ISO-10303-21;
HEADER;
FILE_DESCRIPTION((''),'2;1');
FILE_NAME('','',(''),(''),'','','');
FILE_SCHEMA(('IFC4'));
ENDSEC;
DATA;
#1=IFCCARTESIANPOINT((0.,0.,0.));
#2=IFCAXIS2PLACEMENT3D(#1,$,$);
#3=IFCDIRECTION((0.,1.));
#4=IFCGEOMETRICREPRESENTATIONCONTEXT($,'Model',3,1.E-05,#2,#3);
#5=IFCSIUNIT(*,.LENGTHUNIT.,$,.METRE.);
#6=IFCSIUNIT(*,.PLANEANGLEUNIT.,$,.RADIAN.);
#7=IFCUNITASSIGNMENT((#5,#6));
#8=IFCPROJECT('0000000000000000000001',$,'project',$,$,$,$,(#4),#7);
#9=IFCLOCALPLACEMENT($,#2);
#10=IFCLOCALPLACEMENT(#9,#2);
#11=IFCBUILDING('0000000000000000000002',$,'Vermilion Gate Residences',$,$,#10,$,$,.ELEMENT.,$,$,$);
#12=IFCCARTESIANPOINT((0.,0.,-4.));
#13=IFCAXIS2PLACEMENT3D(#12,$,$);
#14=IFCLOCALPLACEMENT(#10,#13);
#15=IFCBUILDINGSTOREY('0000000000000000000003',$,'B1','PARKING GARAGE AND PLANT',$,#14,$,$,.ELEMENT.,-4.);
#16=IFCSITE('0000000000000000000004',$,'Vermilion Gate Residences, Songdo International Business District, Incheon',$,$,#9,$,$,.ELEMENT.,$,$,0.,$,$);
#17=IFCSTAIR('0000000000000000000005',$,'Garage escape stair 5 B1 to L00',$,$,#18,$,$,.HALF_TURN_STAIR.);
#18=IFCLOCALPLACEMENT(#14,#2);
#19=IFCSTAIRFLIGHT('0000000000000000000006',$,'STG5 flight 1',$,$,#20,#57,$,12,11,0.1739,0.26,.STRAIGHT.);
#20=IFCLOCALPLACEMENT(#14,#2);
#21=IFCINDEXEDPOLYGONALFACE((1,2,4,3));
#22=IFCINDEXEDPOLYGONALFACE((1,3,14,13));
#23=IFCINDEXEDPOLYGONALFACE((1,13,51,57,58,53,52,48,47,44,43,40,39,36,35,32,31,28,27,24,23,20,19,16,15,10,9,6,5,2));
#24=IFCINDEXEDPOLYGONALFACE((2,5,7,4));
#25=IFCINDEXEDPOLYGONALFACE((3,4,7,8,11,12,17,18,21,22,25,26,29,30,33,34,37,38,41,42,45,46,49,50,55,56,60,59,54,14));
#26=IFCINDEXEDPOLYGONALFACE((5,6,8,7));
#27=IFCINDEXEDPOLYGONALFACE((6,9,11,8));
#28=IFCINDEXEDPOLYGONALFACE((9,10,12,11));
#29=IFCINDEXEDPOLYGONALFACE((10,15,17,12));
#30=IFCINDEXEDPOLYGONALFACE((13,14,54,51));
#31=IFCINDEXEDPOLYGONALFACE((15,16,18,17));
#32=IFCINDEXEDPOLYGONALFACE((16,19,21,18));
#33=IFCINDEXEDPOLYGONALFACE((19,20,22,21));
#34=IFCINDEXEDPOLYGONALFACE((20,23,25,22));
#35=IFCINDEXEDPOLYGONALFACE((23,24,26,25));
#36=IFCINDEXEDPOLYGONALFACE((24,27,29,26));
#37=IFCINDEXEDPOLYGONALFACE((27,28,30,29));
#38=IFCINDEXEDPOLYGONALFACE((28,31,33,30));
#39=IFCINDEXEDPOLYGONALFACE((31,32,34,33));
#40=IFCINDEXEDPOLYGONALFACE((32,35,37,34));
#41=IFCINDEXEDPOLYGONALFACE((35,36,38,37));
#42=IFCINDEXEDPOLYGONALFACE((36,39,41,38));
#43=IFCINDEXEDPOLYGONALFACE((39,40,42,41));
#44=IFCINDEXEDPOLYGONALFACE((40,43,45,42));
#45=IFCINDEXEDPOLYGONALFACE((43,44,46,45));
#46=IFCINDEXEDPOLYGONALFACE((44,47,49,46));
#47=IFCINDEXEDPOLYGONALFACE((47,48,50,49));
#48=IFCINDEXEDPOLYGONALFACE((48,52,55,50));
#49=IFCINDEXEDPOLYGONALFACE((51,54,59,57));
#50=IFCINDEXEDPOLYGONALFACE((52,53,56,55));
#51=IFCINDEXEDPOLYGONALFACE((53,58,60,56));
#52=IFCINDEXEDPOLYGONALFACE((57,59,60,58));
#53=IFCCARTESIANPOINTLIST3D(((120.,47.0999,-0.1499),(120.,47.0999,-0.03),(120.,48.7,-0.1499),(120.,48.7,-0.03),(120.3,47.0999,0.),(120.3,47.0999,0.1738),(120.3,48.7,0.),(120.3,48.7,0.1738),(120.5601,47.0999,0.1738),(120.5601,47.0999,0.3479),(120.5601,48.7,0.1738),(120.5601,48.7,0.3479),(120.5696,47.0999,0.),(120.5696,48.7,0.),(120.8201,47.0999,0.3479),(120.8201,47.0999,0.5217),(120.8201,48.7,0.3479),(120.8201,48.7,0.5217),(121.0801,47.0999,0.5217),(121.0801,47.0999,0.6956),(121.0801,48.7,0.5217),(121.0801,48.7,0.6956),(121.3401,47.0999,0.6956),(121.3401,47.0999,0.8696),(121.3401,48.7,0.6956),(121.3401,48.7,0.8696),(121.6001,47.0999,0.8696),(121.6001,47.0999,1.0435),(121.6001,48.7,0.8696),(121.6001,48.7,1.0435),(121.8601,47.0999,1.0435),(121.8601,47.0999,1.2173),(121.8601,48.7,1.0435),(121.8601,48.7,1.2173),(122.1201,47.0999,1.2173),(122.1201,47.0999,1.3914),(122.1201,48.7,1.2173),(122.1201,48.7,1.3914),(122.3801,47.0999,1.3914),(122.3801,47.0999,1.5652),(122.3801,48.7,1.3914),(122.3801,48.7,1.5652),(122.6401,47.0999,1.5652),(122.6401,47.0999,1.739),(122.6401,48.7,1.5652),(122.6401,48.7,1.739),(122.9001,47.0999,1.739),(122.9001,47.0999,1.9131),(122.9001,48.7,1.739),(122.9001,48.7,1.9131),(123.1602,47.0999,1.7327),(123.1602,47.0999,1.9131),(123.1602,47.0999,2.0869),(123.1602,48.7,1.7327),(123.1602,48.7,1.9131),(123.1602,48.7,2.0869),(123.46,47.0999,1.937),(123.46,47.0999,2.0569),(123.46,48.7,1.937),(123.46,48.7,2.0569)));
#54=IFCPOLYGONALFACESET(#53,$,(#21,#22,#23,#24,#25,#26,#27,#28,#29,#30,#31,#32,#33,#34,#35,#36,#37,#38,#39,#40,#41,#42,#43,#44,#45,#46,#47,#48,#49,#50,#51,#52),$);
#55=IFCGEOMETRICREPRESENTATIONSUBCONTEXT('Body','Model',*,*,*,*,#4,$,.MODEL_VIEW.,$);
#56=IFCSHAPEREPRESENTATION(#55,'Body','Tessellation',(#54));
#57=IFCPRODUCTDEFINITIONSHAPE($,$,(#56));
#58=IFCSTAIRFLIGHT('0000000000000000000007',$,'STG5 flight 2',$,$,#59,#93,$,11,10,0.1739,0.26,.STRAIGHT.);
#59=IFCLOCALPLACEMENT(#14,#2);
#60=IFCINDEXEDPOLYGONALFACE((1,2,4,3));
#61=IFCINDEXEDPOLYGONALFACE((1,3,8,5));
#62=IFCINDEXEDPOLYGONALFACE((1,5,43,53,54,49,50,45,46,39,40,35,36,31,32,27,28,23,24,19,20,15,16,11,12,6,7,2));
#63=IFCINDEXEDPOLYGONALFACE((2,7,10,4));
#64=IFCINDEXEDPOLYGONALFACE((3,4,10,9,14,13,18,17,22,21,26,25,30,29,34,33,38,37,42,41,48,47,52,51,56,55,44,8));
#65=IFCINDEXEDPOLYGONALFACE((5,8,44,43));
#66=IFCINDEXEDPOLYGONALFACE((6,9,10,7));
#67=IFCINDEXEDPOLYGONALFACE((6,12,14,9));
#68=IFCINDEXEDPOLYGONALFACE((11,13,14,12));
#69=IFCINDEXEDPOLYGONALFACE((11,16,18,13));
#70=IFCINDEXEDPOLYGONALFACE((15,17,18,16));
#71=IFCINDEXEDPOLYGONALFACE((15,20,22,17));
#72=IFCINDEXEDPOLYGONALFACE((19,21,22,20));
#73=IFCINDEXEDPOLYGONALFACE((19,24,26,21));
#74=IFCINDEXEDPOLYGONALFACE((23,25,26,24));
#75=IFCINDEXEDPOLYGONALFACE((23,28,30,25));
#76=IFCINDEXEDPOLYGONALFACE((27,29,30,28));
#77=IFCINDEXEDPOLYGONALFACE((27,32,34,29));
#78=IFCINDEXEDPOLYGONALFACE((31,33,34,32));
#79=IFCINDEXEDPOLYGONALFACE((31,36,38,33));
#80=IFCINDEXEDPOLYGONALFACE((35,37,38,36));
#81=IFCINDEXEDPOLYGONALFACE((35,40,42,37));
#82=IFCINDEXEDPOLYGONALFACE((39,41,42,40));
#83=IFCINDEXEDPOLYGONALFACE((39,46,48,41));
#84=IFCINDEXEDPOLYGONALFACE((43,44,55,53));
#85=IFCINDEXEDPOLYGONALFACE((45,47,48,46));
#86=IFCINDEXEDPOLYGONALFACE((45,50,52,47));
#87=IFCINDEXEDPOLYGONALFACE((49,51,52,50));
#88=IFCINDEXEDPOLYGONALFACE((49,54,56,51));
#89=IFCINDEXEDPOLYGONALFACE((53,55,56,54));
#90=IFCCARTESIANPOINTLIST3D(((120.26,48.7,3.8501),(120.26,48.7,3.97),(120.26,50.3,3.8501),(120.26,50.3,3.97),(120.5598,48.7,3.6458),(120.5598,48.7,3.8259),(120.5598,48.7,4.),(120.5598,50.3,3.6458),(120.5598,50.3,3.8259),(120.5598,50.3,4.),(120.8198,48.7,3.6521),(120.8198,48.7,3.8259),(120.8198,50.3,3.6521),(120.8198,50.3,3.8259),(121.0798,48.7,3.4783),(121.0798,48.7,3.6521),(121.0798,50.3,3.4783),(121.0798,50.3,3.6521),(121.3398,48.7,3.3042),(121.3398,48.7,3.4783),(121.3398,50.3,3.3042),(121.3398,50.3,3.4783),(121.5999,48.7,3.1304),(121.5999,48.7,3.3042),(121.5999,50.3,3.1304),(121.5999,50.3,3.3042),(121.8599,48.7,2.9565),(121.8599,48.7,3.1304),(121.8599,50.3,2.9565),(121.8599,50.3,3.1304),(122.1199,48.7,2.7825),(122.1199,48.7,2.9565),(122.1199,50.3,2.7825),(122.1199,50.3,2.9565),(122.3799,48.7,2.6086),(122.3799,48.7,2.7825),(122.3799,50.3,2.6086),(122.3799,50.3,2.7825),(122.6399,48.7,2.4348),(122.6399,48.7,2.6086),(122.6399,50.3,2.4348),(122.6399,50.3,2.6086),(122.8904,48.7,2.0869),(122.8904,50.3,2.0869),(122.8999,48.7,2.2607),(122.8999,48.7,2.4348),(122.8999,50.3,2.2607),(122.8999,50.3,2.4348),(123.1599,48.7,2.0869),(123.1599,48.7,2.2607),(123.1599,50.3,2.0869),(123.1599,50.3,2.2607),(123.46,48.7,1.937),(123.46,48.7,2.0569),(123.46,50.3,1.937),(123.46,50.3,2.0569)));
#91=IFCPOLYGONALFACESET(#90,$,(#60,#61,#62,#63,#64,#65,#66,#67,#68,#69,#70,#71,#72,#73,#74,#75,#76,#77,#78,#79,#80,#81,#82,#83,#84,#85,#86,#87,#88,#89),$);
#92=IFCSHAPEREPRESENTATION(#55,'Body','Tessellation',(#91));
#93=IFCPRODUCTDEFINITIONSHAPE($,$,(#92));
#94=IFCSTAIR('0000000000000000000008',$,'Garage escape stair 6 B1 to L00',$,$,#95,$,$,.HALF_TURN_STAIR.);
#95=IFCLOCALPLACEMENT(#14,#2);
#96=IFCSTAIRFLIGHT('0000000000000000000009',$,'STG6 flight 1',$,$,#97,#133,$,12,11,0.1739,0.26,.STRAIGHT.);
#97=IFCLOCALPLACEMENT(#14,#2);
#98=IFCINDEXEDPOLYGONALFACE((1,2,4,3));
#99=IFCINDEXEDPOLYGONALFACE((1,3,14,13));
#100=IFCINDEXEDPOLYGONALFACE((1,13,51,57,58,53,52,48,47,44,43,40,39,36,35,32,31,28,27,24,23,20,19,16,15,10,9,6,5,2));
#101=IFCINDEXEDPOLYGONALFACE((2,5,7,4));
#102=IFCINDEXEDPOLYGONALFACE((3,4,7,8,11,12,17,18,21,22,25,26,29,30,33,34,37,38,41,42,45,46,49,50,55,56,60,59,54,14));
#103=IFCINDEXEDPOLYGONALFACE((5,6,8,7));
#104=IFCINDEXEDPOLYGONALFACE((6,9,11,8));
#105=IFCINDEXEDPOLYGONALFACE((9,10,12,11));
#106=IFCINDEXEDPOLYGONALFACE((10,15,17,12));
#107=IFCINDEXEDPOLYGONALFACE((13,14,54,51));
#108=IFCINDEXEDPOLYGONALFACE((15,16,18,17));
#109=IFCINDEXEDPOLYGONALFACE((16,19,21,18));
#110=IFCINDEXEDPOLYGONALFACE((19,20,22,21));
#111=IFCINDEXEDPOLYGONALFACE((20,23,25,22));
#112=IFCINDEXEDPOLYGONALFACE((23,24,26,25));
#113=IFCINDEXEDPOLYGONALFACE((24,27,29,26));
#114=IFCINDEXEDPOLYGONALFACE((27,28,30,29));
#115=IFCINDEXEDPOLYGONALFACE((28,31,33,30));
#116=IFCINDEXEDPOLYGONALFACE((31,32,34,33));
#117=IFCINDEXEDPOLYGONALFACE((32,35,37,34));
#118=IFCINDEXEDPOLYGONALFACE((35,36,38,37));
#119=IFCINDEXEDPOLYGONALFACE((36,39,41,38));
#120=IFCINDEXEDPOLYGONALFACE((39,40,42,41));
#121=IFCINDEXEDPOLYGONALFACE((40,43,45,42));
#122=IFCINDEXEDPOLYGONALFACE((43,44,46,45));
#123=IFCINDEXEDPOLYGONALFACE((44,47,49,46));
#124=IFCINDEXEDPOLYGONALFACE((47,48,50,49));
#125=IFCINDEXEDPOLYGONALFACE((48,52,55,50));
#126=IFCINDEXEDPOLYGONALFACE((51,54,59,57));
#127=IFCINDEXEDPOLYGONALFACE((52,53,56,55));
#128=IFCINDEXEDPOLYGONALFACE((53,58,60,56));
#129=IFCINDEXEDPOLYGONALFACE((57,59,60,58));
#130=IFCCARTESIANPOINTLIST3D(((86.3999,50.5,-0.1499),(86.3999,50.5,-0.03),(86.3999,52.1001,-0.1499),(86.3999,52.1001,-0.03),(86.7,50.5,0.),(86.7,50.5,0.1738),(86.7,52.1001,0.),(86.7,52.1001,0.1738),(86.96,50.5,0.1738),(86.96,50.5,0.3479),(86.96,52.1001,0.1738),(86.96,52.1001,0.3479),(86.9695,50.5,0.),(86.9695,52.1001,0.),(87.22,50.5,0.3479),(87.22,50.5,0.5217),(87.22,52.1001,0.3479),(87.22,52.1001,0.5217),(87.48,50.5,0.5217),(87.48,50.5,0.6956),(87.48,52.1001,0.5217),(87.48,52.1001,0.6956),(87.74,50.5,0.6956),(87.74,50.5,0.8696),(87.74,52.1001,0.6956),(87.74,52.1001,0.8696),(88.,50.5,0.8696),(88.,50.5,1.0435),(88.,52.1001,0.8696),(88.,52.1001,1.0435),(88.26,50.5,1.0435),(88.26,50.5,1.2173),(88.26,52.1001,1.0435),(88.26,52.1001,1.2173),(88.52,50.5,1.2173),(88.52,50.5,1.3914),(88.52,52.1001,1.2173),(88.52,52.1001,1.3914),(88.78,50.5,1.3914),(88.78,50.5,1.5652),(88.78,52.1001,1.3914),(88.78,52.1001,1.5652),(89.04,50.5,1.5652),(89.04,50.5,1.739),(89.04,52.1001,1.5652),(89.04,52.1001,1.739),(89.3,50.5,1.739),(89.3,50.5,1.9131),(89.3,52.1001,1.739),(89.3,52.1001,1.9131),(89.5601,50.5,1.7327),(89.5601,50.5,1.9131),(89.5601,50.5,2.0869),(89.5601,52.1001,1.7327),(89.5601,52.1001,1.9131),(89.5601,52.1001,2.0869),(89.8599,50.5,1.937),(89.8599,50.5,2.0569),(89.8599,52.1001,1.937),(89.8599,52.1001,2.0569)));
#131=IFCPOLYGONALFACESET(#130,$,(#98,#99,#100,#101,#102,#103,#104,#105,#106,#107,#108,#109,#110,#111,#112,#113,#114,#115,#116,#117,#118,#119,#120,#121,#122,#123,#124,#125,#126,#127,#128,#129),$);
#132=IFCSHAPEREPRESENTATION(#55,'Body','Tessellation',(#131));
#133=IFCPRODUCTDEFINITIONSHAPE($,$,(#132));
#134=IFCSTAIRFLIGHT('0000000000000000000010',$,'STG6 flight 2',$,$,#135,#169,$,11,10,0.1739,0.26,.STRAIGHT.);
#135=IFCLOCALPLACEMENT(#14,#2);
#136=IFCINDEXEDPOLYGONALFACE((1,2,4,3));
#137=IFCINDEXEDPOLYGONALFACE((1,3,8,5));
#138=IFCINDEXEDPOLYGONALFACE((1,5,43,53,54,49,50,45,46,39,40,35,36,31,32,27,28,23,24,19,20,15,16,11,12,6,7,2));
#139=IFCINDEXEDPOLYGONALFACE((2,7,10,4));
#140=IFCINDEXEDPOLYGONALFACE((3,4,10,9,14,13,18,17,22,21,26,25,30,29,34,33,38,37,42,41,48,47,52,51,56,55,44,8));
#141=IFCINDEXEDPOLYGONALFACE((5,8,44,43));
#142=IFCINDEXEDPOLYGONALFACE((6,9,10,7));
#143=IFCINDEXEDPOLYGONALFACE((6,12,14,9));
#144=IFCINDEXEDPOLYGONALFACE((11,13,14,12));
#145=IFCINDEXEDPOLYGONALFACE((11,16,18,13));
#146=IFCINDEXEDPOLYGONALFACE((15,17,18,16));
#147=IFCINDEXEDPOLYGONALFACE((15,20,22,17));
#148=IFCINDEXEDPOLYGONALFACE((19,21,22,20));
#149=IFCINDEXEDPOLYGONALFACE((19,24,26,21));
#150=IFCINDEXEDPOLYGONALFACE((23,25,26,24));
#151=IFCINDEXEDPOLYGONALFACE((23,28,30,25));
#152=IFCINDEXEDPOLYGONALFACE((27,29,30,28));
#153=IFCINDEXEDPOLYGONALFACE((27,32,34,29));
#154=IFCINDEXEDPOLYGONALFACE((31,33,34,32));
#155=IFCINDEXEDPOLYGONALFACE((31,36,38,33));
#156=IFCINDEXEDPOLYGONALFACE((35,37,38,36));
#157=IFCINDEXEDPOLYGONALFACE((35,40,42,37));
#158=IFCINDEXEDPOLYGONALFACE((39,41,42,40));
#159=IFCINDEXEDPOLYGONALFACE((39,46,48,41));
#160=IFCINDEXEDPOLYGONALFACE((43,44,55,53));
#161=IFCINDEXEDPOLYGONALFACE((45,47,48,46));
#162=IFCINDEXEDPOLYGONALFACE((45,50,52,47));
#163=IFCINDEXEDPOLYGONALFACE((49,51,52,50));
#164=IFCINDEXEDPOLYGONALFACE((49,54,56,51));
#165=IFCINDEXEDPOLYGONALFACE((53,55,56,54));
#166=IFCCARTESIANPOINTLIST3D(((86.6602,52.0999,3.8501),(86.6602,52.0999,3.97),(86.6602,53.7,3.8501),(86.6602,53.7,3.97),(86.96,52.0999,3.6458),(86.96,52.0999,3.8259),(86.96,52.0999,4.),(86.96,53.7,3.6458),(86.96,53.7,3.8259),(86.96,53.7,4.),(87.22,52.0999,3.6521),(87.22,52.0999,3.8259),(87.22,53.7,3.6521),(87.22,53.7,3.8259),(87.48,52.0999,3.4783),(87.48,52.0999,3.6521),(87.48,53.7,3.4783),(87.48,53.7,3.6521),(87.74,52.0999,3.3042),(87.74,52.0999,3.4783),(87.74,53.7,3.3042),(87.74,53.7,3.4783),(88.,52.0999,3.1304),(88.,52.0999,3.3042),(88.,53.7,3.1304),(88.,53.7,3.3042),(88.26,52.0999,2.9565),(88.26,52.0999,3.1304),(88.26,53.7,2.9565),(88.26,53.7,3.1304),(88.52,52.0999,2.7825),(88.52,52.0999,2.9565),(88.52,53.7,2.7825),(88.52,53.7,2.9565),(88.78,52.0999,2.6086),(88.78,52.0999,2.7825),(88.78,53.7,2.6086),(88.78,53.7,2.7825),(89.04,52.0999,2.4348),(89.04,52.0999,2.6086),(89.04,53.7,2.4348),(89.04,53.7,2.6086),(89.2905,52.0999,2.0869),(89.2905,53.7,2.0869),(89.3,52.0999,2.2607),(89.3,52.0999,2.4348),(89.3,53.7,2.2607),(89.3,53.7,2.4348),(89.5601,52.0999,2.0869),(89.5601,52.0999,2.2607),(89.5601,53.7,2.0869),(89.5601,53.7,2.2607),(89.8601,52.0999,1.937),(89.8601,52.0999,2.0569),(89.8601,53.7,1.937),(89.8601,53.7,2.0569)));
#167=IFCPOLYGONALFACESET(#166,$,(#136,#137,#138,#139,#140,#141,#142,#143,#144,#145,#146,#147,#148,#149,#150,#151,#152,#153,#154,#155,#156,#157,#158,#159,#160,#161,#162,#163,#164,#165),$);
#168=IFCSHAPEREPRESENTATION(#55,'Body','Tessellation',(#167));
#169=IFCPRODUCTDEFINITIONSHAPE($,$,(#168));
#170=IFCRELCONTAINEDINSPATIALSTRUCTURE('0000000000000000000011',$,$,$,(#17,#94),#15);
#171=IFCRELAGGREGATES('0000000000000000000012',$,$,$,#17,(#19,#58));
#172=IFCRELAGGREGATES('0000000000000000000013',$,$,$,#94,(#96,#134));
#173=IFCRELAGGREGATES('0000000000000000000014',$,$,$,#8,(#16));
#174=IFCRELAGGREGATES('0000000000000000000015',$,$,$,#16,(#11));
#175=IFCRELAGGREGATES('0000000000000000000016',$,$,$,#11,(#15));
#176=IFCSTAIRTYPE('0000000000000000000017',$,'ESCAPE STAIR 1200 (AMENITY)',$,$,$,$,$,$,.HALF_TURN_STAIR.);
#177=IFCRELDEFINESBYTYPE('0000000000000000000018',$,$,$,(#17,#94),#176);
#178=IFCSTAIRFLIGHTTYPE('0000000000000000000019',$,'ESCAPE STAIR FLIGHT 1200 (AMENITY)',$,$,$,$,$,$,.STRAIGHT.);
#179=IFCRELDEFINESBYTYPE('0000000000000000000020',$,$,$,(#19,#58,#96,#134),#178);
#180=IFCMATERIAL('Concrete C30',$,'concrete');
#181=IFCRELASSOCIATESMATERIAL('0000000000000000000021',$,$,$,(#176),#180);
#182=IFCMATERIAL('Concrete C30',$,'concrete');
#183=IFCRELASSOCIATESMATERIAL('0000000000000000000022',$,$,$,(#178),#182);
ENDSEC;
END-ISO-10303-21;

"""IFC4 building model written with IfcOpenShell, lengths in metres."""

from ifc_helpers import new_model, si_unit, direction, frame, origin, place, context, subcontext, project, spatial, polyline, outline, extrude, material, type_object, element, aggregate, save


model = new_model("IFC4")

# Units and contexts
model_context = context("Model", 3, precision=1e-05, world=origin(), true_north=direction((0.0, 1.0)))
body_context = subcontext(model_context, "Body", "Model", "MODEL_VIEW")
ifc_project = project(units=[si_unit("LENGTHUNIT", "METRE"), si_unit("PLANEANGLEUNIT", "RADIAN")], contexts=[model_context])

# Site, building, storey
site_placement = place(None, origin())
site = spatial("IfcSite", under=ifc_project, at=site_placement, Name="Vermilion Gate Residences, Songdo International Business District, Incheon", CompositionType="ELEMENT", RefElevation=0.0)
building_placement = place(site_placement, origin())
building = spatial("IfcBuilding", under=site, at=building_placement, Name="Vermilion Gate Residences", CompositionType="ELEMENT")
storey_placement = place(building_placement, frame((0.0, 0.0, -4.0)))
storey = spatial("IfcBuildingStorey", under=building, at=storey_placement, Name="B1", Description="PARKING GARAGE AND PLANT", CompositionType="ELEMENT", Elevation=-4.0)

# Stairs, stair flights
ifc_material_1 = material(Name="Concrete C30", Category="concrete")
stair_type = type_object("IfcStairType", Name="ESCAPE STAIR 1200 (AMENITY)", PredefinedType="HALF_TURN_STAIR", material=ifc_material_1)
stair_1_placement = place(storey_placement, origin())
stair_1 = element("IfcStair", 1, at=stair_1_placement, inside=storey, type_object=stair_type, Name="Garage escape stair 5 B1 to L00", PredefinedType="HALF_TURN_STAIR")
ifc_material_2 = material(Name="Concrete C30", Category="concrete")
stair_flight_type = type_object("IfcStairFlightType", Name="ESCAPE STAIR FLIGHT 1200 (AMENITY)", PredefinedType="STRAIGHT", material=ifc_material_2)
stair_flight_1_placement = place(storey_placement, frame((120.3, 47.8999, 0.0), z_axis=(0.0, 0.0, 1.0), x_axis=(1.0, 0.0, 0.0)))
stair_flight_1 = element("IfcStairFlight", 2, at=stair_flight_1_placement, type_object=stair_flight_type, Name="STG5 flight 1", NumberOfRisers=12, NumberOfTreads=11, PredefinedType="STRAIGHT", RiserHeight=0.1739, TreadLength=0.26, context=body_context, shape_type="SweptSolid", body=[
    extrude(outline(polyline([(-0.3, -0.1499), (-0.3, -0.03), (0.0, 0.0), (0.0, 0.1738), (0.26, 0.1738), (0.26, 0.3479), (0.52, 0.3479), (0.52, 0.5217), (0.78, 0.5217), (0.78, 0.6956), (1.04, 0.6956), (1.04, 0.8696), (1.3, 0.8696), (1.3, 1.0435), (1.5601, 1.0435), (1.5601, 1.2173), (1.8201, 1.2173), (1.8201, 1.3914), (2.0801, 1.3914), (2.0801, 1.5652), (2.3401, 1.5652), (2.3401, 1.739), (2.6001, 1.739), (2.6001, 1.9131), (2.8601, 1.9131), (2.8601, 2.0869), (3.1599, 2.0569), (3.1599, 1.937), (2.8601, 1.7327), (0.2695, 0.0), (-0.3, -0.1499)])), frame((0.0, 0.8, 0.0), z_axis=(0.0, -1.0, 0.0), x_axis=(1.0, 0.0, 0.0)), (0.0, 0.0, 1.0), 1.6001),
])
stair_flight_2_placement = place(storey_placement, frame((123.1599, 49.5, 2.0869), z_axis=(0.0, 0.0, 1.0), x_axis=(-1.0, 0.0, 0.0)))
stair_flight_2 = element("IfcStairFlight", 3, at=stair_flight_2_placement, type_object=stair_flight_type, Name="STG5 flight 2", NumberOfRisers=11, NumberOfTreads=10, PredefinedType="STRAIGHT", RiserHeight=0.1739, TreadLength=0.26, context=body_context, shape_type="SweptSolid", body=[
    extrude(outline(polyline([(-0.3, -0.1499), (-0.3, -0.03), (0.0, 0.0), (0.0, 0.1738), (0.26, 0.1738), (0.26, 0.3479), (0.52, 0.3479), (0.52, 0.5217), (0.78, 0.5217), (0.78, 0.6956), (1.04, 0.6956), (1.04, 0.8696), (1.3, 0.8696), (1.3, 1.0435), (1.5601, 1.0435), (1.5601, 1.2173), (1.8201, 1.2173), (1.8201, 1.3914), (2.0801, 1.3914), (2.0801, 1.5652), (2.3401, 1.5652), (2.3401, 1.739), (2.6001, 1.739), (2.6001, 1.9131), (2.8999, 1.8831), (2.8999, 1.7632), (2.6001, 1.5588), (0.2695, 0.0), (-0.3, -0.1499)])), frame((0.0, 0.8, 0.0), z_axis=(0.0, -1.0, 0.0), x_axis=(1.0, 0.0, 0.0)), (0.0, 0.0, 1.0), 1.6001),
])
aggregate(stair_1, [stair_flight_1, stair_flight_2])
stair_2_placement = place(storey_placement, origin())
stair_2 = element("IfcStair", 4, at=stair_2_placement, inside=storey, type_object=stair_type, Name="Garage escape stair 6 B1 to L00", PredefinedType="HALF_TURN_STAIR")
stair_flight_3_placement = place(storey_placement, frame((86.7, 51.3, 0.0), z_axis=(0.0, 0.0, 1.0), x_axis=(1.0, 0.0, 0.0)))
stair_flight_3 = element("IfcStairFlight", 5, at=stair_flight_3_placement, type_object=stair_flight_type, Name="STG6 flight 1", NumberOfRisers=12, NumberOfTreads=11, PredefinedType="STRAIGHT", RiserHeight=0.1739, TreadLength=0.26, context=body_context, shape_type="SweptSolid", body=[
    extrude(outline(polyline([(-0.3, -0.1499), (-0.3, -0.03), (0.0, 0.0), (0.0, 0.1738), (0.26, 0.1738), (0.26, 0.3479), (0.52, 0.3479), (0.52, 0.5217), (0.78, 0.5217), (0.78, 0.6956), (1.04, 0.6956), (1.04, 0.8696), (1.3, 0.8696), (1.3, 1.0435), (1.5601, 1.0435), (1.5601, 1.2173), (1.8201, 1.2173), (1.8201, 1.3914), (2.0801, 1.3914), (2.0801, 1.5652), (2.3401, 1.5652), (2.3401, 1.739), (2.6001, 1.739), (2.6001, 1.9131), (2.8601, 1.9131), (2.8601, 2.0869), (3.1599, 2.0569), (3.1599, 1.937), (2.8601, 1.7327), (0.2695, 0.0), (-0.3, -0.1499)])), frame((0.0, 0.8, 0.0), z_axis=(0.0, -1.0, 0.0), x_axis=(1.0, 0.0, 0.0)), (0.0, 0.0, 1.0), 1.6001),
])
stair_flight_4_placement = place(storey_placement, frame((89.5601, 52.8999, 2.0869), z_axis=(0.0, 0.0, 1.0), x_axis=(-1.0, 0.0, 0.0)))
stair_flight_4 = element("IfcStairFlight", 6, at=stair_flight_4_placement, type_object=stair_flight_type, Name="STG6 flight 2", NumberOfRisers=11, NumberOfTreads=10, PredefinedType="STRAIGHT", RiserHeight=0.1739, TreadLength=0.26, context=body_context, shape_type="SweptSolid", body=[
    extrude(outline(polyline([(-0.3, -0.1499), (-0.3, -0.03), (0.0, 0.0), (0.0, 0.1738), (0.26, 0.1738), (0.26, 0.3479), (0.52, 0.3479), (0.52, 0.5217), (0.78, 0.5217), (0.78, 0.6956), (1.04, 0.6956), (1.04, 0.8696), (1.3, 0.8696), (1.3, 1.0435), (1.5601, 1.0435), (1.5601, 1.2173), (1.8201, 1.2173), (1.8201, 1.3914), (2.0801, 1.3914), (2.0801, 1.5652), (2.3401, 1.5652), (2.3401, 1.739), (2.6001, 1.739), (2.6001, 1.9131), (2.8999, 1.8831), (2.8999, 1.7632), (2.6001, 1.5588), (0.2695, 0.0), (-0.3, -0.1499)])), frame((0.0, 0.8, 0.0), z_axis=(0.0, -1.0, 0.0), x_axis=(1.0, 0.0, 0.0)), (0.0, 0.0, 1.0), 1.6001),
])
aggregate(stair_2, [stair_flight_3, stair_flight_4])

save(model, "model.ifc")
